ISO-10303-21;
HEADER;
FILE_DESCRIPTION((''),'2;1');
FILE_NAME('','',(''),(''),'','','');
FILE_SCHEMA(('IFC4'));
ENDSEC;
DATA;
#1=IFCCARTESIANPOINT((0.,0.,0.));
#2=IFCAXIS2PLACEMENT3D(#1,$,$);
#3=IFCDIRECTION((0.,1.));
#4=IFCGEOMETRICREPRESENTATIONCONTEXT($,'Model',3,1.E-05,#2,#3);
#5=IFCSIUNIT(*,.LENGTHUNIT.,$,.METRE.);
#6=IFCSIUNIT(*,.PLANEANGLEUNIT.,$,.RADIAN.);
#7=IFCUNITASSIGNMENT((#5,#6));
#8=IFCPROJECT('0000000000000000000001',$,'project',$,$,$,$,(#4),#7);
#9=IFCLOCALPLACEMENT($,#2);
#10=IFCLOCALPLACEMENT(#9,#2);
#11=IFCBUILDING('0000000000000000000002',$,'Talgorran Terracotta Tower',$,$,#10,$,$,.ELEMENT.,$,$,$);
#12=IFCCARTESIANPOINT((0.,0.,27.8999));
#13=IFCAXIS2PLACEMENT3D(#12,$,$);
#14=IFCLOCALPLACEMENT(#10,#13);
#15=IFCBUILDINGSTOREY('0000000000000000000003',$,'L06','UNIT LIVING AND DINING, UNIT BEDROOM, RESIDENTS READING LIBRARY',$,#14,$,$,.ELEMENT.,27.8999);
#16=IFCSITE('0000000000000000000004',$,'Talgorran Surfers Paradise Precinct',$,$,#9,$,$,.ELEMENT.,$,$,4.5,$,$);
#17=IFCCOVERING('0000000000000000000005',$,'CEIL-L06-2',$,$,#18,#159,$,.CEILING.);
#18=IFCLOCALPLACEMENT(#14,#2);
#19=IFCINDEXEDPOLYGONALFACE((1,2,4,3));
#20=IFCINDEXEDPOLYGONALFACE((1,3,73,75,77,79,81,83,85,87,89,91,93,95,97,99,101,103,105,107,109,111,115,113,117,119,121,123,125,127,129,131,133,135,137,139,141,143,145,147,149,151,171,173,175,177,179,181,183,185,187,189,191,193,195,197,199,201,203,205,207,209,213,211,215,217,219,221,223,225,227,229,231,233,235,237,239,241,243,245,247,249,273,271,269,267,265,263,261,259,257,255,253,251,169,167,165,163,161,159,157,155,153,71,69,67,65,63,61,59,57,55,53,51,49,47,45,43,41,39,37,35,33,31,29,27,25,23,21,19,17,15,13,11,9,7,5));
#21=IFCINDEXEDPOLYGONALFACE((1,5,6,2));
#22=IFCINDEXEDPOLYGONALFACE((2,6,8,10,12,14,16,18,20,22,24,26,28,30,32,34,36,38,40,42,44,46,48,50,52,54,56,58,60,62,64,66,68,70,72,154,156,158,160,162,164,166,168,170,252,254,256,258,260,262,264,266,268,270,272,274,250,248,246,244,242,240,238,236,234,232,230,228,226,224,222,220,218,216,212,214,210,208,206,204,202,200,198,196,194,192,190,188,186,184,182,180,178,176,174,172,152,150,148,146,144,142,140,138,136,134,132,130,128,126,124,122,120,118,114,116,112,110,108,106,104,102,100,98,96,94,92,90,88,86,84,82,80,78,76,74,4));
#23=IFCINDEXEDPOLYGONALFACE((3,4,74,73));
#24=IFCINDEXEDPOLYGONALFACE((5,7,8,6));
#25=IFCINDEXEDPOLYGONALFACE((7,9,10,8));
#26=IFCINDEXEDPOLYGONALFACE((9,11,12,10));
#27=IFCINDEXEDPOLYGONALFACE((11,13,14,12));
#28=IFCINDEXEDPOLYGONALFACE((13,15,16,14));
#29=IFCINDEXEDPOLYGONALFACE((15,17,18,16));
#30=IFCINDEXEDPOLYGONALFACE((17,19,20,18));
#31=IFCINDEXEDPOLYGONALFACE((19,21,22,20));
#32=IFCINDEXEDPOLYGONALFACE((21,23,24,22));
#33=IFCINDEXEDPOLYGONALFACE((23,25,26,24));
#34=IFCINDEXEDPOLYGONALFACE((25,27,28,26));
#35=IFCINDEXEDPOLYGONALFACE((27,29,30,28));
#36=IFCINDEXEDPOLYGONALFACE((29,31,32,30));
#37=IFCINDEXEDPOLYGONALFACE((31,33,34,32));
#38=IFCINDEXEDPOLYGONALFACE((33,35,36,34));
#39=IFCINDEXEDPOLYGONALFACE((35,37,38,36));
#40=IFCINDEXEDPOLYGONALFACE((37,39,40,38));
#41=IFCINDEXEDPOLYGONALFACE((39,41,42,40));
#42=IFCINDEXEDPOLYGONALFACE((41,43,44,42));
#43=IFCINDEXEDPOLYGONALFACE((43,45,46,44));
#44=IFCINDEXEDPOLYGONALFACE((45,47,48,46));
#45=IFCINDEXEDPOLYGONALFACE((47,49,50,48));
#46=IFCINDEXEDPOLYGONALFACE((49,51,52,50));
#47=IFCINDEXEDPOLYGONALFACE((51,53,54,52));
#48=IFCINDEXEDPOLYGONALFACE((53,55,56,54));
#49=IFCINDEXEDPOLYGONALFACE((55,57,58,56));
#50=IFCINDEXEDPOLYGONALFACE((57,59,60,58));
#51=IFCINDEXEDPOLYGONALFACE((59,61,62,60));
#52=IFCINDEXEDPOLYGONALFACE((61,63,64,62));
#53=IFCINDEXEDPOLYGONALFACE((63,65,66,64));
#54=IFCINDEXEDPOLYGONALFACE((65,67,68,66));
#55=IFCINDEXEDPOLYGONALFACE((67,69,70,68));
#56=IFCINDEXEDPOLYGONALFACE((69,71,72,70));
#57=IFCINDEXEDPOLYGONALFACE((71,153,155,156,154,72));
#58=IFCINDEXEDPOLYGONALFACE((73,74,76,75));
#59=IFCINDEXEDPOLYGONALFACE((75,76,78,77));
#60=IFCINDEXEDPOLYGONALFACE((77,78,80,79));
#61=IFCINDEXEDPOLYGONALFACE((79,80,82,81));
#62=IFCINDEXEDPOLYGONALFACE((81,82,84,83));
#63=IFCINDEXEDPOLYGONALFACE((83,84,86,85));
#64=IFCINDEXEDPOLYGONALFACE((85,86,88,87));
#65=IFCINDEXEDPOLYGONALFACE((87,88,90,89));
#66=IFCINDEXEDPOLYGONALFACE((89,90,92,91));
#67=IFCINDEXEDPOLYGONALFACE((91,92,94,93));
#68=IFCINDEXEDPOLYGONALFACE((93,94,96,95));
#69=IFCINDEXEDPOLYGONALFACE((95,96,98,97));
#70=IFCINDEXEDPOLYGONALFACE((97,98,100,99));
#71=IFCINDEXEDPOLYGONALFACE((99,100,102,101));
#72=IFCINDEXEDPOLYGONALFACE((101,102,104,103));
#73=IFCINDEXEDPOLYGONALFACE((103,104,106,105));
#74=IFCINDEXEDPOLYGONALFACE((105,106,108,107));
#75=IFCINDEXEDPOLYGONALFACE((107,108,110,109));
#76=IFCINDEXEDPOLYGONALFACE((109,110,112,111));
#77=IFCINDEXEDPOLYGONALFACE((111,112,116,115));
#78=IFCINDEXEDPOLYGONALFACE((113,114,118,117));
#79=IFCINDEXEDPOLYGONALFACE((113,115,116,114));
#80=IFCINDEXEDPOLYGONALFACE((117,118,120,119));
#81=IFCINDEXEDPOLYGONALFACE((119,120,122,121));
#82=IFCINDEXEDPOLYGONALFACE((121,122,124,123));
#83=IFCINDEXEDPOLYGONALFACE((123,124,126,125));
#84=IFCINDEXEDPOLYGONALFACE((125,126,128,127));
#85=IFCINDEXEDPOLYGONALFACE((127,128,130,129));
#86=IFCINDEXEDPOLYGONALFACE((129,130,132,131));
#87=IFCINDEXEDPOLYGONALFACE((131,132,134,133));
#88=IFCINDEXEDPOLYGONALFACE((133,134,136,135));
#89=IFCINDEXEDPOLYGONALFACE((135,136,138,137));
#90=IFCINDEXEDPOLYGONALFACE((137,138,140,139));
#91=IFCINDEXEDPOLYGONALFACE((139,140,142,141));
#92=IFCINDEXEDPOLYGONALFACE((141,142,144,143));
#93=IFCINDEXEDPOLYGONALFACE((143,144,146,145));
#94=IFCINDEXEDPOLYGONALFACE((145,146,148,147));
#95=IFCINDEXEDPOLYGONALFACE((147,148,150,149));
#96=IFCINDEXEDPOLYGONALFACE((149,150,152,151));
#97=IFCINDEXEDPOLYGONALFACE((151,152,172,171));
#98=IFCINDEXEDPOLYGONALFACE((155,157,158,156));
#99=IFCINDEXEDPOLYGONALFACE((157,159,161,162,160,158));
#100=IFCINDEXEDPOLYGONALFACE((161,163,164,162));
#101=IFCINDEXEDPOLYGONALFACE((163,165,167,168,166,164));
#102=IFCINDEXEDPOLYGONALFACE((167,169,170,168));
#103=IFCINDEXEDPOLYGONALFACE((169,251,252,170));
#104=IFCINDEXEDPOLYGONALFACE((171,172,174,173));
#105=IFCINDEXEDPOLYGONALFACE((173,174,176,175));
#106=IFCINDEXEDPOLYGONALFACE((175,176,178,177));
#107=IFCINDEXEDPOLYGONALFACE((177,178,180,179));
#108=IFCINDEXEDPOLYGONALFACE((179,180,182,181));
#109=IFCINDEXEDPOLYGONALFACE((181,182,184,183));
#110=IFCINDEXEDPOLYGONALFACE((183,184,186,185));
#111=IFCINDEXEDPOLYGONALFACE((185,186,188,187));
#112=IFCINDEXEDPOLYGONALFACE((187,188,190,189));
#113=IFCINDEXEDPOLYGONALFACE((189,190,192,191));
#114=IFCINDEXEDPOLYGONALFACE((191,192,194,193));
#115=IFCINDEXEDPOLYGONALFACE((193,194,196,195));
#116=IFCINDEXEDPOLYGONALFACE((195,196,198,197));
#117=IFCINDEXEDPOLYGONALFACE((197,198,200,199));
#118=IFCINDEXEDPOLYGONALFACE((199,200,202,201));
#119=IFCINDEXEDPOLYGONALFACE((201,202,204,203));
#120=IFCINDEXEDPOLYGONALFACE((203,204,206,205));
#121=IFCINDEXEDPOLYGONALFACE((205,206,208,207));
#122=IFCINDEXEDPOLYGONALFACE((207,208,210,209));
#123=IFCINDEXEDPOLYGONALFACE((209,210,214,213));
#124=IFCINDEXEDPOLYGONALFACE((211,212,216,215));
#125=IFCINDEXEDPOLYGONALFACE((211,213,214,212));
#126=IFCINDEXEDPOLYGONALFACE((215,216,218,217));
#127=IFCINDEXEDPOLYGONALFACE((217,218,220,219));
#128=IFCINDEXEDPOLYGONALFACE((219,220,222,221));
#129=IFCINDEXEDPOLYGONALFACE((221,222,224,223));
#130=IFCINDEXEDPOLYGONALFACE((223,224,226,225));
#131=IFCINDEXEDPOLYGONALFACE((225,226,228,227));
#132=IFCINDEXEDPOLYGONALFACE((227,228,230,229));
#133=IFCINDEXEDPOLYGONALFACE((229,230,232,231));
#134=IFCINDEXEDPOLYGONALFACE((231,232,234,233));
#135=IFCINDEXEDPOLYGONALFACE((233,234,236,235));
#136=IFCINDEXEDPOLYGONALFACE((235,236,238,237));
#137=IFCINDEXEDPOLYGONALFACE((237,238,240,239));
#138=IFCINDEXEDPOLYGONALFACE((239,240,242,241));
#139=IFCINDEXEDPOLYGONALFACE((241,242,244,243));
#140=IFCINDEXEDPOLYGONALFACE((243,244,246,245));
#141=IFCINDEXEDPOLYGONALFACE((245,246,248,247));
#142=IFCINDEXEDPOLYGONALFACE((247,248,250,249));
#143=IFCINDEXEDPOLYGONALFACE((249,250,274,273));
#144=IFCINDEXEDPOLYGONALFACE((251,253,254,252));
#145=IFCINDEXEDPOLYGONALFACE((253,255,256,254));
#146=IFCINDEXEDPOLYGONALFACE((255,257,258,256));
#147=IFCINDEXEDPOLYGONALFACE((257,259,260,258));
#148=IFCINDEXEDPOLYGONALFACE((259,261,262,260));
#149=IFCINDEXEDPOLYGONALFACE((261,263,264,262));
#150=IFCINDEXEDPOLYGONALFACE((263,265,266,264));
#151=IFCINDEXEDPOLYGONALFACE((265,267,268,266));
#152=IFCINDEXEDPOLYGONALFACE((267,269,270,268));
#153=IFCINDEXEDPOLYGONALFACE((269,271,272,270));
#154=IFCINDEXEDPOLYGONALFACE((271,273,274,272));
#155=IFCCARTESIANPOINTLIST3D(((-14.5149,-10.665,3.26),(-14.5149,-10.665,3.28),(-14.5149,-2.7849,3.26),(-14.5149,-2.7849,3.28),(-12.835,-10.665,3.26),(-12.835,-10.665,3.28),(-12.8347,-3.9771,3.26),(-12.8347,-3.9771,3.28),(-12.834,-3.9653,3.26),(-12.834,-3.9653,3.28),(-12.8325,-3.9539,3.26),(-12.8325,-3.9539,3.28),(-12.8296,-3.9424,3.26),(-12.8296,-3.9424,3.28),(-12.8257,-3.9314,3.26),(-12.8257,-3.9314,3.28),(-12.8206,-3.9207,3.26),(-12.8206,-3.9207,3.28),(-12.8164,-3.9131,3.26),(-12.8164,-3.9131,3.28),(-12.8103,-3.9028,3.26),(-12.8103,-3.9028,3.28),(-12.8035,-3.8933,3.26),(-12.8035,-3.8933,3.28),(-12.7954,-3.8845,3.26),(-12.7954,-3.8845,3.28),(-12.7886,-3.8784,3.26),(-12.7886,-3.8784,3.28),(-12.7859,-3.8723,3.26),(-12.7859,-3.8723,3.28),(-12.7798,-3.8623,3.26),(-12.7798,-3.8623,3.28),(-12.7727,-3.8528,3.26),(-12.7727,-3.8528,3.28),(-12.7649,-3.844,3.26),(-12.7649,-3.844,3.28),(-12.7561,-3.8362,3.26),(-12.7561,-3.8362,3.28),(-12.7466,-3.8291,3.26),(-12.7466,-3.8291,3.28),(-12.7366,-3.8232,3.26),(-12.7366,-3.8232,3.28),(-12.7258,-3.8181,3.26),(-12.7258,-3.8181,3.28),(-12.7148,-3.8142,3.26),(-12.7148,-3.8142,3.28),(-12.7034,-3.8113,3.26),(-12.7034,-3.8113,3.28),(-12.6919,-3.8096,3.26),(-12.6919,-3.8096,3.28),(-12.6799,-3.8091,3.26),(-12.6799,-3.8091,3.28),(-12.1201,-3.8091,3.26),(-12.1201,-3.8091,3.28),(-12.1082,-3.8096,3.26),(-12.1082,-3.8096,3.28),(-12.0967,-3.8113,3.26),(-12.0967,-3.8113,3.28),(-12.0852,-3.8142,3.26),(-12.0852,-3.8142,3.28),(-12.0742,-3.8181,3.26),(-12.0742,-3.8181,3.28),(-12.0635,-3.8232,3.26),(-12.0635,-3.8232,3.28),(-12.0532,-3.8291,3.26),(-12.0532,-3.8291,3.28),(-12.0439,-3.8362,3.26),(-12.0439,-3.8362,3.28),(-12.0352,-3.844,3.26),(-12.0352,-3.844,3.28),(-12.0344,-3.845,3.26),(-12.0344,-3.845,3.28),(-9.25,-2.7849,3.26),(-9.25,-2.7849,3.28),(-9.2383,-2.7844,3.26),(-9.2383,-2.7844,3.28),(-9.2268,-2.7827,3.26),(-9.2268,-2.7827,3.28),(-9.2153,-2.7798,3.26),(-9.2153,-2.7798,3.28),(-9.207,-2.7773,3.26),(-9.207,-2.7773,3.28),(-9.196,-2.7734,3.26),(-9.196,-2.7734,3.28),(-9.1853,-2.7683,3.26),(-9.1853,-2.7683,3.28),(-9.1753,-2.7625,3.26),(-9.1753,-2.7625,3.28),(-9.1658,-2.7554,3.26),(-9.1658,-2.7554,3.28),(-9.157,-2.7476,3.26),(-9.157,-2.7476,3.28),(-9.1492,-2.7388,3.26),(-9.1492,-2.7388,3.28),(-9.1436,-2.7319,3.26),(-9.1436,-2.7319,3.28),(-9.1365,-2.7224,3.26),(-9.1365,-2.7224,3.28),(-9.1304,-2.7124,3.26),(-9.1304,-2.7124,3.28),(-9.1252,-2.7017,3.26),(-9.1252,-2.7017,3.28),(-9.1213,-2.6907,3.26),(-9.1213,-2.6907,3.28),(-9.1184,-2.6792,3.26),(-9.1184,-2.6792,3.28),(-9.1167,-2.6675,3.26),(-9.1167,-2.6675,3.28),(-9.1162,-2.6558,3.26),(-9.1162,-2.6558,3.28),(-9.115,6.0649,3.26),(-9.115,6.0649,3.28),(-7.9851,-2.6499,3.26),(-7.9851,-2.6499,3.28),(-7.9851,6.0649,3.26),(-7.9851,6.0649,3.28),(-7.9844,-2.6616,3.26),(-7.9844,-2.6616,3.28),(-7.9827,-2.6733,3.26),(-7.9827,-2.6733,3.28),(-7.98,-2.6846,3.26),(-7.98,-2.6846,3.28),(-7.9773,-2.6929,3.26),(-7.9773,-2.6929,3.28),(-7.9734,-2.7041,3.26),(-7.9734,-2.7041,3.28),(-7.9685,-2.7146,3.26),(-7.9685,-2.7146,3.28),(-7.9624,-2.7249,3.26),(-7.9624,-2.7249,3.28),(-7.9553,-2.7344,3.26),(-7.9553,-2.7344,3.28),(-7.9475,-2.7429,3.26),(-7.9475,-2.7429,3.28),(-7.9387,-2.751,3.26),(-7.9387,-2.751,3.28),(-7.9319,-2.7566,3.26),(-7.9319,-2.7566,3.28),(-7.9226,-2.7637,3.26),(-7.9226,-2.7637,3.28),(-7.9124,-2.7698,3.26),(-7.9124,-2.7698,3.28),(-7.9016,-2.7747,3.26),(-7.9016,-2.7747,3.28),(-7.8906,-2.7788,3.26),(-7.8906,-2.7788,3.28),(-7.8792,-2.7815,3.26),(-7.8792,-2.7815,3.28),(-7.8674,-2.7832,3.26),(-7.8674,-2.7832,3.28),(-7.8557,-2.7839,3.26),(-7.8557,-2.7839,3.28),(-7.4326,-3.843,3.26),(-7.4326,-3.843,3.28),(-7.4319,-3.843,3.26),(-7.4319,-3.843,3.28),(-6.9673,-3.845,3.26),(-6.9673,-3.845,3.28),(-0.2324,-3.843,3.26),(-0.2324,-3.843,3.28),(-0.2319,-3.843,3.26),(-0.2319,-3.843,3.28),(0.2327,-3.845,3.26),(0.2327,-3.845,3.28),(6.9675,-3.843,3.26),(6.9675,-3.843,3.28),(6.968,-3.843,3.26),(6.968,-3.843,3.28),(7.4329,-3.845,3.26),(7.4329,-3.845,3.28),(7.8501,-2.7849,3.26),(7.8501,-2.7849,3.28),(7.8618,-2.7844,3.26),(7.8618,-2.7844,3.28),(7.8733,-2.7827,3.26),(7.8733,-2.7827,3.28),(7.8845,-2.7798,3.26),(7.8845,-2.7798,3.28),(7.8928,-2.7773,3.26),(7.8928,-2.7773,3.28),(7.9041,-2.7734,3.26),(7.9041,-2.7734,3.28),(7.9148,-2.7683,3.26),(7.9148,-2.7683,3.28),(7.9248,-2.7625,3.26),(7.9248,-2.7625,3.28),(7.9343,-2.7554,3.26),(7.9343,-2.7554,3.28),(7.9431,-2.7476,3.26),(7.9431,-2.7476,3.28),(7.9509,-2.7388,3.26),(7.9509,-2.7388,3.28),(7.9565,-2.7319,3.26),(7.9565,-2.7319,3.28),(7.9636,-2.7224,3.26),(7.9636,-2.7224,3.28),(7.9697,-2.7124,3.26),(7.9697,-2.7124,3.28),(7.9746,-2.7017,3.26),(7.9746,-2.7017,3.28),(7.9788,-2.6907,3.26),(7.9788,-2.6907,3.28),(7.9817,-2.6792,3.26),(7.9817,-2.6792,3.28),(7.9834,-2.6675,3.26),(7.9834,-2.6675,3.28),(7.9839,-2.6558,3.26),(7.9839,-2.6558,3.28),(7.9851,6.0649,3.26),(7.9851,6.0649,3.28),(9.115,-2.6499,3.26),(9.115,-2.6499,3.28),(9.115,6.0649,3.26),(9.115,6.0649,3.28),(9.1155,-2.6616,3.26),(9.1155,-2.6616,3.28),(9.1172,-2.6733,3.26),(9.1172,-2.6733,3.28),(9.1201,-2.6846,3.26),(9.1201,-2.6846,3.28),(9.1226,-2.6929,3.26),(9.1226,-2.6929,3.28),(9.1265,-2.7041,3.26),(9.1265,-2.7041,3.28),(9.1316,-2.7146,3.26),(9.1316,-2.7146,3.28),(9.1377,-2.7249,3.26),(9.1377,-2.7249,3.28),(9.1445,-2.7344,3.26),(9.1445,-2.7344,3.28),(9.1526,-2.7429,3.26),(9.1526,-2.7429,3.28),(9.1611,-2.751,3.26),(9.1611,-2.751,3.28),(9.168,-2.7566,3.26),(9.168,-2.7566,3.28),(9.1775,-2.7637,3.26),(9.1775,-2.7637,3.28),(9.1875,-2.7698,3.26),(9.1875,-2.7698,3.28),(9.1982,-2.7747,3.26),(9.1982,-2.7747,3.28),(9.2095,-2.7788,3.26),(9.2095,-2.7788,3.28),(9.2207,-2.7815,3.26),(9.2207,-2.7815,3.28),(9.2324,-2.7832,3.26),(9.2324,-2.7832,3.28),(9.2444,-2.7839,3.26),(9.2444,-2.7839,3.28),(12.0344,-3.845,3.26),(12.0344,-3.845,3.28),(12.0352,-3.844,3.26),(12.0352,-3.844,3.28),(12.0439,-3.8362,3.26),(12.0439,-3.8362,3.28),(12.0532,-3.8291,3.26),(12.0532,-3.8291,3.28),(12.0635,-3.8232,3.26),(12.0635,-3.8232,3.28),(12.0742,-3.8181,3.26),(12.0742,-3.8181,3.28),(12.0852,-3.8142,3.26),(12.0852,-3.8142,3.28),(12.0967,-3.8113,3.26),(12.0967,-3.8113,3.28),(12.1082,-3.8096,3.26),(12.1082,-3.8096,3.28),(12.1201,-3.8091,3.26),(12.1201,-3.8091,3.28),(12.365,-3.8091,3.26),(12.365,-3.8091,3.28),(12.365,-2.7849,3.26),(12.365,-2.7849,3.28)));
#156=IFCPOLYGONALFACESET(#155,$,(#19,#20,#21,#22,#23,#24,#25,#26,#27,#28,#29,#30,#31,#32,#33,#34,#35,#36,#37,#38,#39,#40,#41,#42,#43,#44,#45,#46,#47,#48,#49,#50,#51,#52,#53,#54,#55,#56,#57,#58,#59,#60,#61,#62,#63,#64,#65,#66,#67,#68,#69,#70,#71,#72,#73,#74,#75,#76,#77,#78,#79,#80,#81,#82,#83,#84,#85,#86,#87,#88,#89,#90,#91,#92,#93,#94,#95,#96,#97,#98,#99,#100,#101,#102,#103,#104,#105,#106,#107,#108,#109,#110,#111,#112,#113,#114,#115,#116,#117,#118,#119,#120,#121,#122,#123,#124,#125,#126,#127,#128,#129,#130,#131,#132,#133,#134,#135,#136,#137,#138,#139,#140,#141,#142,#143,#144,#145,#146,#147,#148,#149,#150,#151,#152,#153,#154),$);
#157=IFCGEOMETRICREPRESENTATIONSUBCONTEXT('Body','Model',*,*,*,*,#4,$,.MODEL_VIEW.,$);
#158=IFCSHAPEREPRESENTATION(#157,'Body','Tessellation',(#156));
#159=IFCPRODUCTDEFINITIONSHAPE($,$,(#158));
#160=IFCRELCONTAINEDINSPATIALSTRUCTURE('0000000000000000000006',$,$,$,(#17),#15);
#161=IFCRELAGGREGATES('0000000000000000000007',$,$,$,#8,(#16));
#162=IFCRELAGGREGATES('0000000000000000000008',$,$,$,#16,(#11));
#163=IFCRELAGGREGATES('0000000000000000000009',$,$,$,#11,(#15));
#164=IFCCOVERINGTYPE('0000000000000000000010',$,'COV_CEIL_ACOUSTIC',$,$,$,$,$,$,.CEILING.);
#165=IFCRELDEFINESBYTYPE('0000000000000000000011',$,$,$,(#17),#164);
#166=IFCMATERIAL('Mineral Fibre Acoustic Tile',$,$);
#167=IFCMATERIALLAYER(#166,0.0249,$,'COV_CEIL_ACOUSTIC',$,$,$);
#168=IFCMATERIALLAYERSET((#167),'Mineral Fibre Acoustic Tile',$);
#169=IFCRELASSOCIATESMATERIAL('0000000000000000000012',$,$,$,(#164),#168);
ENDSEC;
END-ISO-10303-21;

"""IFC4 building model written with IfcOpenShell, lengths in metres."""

from ifc_helpers import new_model, si_unit, direction, frame, origin, place, context, subcontext, project, spatial, polyline, outline, extrude, material, layer, layer_set, type_object, element, save


model = new_model("IFC4")

# Units and contexts
model_context = context("Model", 3, precision=1e-05, world=origin(), true_north=direction((0.0, 1.0)))
body_context = subcontext(model_context, "Body", "Model", "MODEL_VIEW")
ifc_project = project(units=[si_unit("LENGTHUNIT", "METRE"), si_unit("PLANEANGLEUNIT", "RADIAN")], contexts=[model_context])

# Site, building, storey
site_placement = place(None, origin())
site = spatial("IfcSite", under=ifc_project, at=site_placement, Name="Talgorran Surfers Paradise Precinct", CompositionType="ELEMENT", RefElevation=4.5)
building_placement = place(site_placement, origin())
building = spatial("IfcBuilding", under=site, at=building_placement, Name="Talgorran Terracotta Tower", CompositionType="ELEMENT")
storey_placement = place(building_placement, frame((0.0, 0.0, 27.8999)))
storey = spatial("IfcBuildingStorey", under=building, at=storey_placement, Name="L06", Description="UNIT LIVING AND DINING, UNIT BEDROOM, RESIDENTS READING LIBRARY", CompositionType="ELEMENT", Elevation=27.8999)

# Covering
ifc_material_1 = material(Name="Mineral Fibre Acoustic Tile")
ifc_layer_1 = layer(ifc_material_1, 0.0249, Name="COV_CEIL_ACOUSTIC")
ifc_layer_set_1 = layer_set([ifc_layer_1], Name="Mineral Fibre Acoustic Tile")
covering_type_1 = type_object("IfcCoveringType", Name="COV_CEIL_ACOUSTIC", PredefinedType="CEILING", material=ifc_layer_set_1)
covering_1_placement = place(storey_placement, frame((0.0, 0.0, 3.26)))
element("IfcCovering", 1, at=covering_1_placement, inside=storey, type_object=covering_type_1, Name="CEIL-L06-2", PredefinedType="CEILING", context=body_context, shape_type="SweptSolid", body=[
    extrude(outline(polyline([(-12.7886, -3.8784), (-12.7954, -3.8845), (-12.8035, -3.8933), (-12.8103, -3.9028), (-12.8164, -3.9131), (-12.8206, -3.9207), (-12.8257, -3.9314), (-12.8296, -3.9424), (-12.8325, -3.9539), (-12.834, -3.9653), (-12.8347, -3.9771), (-12.835, -10.665), (-14.5149, -10.665), (-14.5149, -2.7849), (-9.25, -2.7849), (-9.2383, -2.7844), (-9.2268, -2.7827), (-9.2153, -2.7798), (-9.207, -2.7773), (-9.196, -2.7734), (-9.1853, -2.7683), (-9.1753, -2.7625), (-9.1658, -2.7554), (-9.157, -2.7476), (-9.1492, -2.7388), (-9.1436, -2.7319), (-9.1365, -2.7224), (-9.1304, -2.7124), (-9.1252, -2.7017), (-9.1213, -2.6907), (-9.1184, -2.6792), (-9.1167, -2.6675), (-9.1162, -2.6558), (-9.115, 6.0649), (-7.9851, 6.0649), (-7.9851, -2.6499), (-7.9844, -2.6616), (-7.9827, -2.6733), (-7.98, -2.6846), (-7.9773, -2.6929), (-7.9734, -2.7041), (-7.9685, -2.7146), (-7.9624, -2.7249), (-7.9553, -2.7344), (-7.9475, -2.7429), (-7.9387, -2.751), (-7.9319, -2.7566), (-7.9226, -2.7637), (-7.9124, -2.7698), (-7.9016, -2.7747), (-7.8906, -2.7788), (-7.8792, -2.7815), (-7.8674, -2.7832), (-7.8557, -2.7839), (7.8501, -2.7849), (7.8618, -2.7844), (7.8733, -2.7827), (7.8845, -2.7798), (7.8928, -2.7773), (7.9041, -2.7734), (7.9148, -2.7683), (7.9248, -2.7625), (7.9343, -2.7554), (7.9431, -2.7476), (7.9509, -2.7388), (7.9565, -2.7319), (7.9636, -2.7224), (7.9697, -2.7124), (7.9746, -2.7017), (7.9788, -2.6907), (7.9817, -2.6792), (7.9834, -2.6675), (7.9839, -2.6558), (7.9851, 6.0649), (9.115, 6.0649), (9.115, -2.6499), (9.1155, -2.6616), (9.1172, -2.6733), (9.1201, -2.6846), (9.1226, -2.6929), (9.1265, -2.7041), (9.1316, -2.7146), (9.1377, -2.7249), (9.1445, -2.7344), (9.1526, -2.7429), (9.1611, -2.751), (9.168, -2.7566), (9.1775, -2.7637), (9.1875, -2.7698), (9.1982, -2.7747), (9.2095, -2.7788), (9.2207, -2.7815), (9.2324, -2.7832), (9.2444, -2.7839), (12.365, -2.7849), (12.365, -3.8091), (12.1201, -3.8091), (12.1082, -3.8096), (12.0967, -3.8113), (12.0852, -3.8142), (12.0742, -3.8181), (12.0635, -3.8232), (12.0532, -3.8291), (12.0439, -3.8362), (12.0352, -3.844), (12.0344, -3.845), (7.4329, -3.845), (6.968, -3.843), (6.9675, -3.843), (0.2327, -3.845), (-0.2319, -3.843), (-0.2324, -3.843), (-6.9673, -3.845), (-7.4319, -3.843), (-7.4326, -3.843), (-12.0344, -3.845), (-12.0352, -3.844), (-12.0439, -3.8362), (-12.0532, -3.8291), (-12.0635, -3.8232), (-12.0742, -3.8181), (-12.0852, -3.8142), (-12.0967, -3.8113), (-12.1082, -3.8096), (-12.1201, -3.8091), (-12.6799, -3.8091), (-12.6919, -3.8096), (-12.7034, -3.8113), (-12.7148, -3.8142), (-12.7258, -3.8181), (-12.7366, -3.8232), (-12.7466, -3.8291), (-12.7561, -3.8362), (-12.7649, -3.844), (-12.7727, -3.8528), (-12.7798, -3.8623), (-12.7859, -3.8723), (-12.7886, -3.8784)])), origin(), (0.0, 0.0, 1.0), 0.02),
])

save(model, "model.ifc")
